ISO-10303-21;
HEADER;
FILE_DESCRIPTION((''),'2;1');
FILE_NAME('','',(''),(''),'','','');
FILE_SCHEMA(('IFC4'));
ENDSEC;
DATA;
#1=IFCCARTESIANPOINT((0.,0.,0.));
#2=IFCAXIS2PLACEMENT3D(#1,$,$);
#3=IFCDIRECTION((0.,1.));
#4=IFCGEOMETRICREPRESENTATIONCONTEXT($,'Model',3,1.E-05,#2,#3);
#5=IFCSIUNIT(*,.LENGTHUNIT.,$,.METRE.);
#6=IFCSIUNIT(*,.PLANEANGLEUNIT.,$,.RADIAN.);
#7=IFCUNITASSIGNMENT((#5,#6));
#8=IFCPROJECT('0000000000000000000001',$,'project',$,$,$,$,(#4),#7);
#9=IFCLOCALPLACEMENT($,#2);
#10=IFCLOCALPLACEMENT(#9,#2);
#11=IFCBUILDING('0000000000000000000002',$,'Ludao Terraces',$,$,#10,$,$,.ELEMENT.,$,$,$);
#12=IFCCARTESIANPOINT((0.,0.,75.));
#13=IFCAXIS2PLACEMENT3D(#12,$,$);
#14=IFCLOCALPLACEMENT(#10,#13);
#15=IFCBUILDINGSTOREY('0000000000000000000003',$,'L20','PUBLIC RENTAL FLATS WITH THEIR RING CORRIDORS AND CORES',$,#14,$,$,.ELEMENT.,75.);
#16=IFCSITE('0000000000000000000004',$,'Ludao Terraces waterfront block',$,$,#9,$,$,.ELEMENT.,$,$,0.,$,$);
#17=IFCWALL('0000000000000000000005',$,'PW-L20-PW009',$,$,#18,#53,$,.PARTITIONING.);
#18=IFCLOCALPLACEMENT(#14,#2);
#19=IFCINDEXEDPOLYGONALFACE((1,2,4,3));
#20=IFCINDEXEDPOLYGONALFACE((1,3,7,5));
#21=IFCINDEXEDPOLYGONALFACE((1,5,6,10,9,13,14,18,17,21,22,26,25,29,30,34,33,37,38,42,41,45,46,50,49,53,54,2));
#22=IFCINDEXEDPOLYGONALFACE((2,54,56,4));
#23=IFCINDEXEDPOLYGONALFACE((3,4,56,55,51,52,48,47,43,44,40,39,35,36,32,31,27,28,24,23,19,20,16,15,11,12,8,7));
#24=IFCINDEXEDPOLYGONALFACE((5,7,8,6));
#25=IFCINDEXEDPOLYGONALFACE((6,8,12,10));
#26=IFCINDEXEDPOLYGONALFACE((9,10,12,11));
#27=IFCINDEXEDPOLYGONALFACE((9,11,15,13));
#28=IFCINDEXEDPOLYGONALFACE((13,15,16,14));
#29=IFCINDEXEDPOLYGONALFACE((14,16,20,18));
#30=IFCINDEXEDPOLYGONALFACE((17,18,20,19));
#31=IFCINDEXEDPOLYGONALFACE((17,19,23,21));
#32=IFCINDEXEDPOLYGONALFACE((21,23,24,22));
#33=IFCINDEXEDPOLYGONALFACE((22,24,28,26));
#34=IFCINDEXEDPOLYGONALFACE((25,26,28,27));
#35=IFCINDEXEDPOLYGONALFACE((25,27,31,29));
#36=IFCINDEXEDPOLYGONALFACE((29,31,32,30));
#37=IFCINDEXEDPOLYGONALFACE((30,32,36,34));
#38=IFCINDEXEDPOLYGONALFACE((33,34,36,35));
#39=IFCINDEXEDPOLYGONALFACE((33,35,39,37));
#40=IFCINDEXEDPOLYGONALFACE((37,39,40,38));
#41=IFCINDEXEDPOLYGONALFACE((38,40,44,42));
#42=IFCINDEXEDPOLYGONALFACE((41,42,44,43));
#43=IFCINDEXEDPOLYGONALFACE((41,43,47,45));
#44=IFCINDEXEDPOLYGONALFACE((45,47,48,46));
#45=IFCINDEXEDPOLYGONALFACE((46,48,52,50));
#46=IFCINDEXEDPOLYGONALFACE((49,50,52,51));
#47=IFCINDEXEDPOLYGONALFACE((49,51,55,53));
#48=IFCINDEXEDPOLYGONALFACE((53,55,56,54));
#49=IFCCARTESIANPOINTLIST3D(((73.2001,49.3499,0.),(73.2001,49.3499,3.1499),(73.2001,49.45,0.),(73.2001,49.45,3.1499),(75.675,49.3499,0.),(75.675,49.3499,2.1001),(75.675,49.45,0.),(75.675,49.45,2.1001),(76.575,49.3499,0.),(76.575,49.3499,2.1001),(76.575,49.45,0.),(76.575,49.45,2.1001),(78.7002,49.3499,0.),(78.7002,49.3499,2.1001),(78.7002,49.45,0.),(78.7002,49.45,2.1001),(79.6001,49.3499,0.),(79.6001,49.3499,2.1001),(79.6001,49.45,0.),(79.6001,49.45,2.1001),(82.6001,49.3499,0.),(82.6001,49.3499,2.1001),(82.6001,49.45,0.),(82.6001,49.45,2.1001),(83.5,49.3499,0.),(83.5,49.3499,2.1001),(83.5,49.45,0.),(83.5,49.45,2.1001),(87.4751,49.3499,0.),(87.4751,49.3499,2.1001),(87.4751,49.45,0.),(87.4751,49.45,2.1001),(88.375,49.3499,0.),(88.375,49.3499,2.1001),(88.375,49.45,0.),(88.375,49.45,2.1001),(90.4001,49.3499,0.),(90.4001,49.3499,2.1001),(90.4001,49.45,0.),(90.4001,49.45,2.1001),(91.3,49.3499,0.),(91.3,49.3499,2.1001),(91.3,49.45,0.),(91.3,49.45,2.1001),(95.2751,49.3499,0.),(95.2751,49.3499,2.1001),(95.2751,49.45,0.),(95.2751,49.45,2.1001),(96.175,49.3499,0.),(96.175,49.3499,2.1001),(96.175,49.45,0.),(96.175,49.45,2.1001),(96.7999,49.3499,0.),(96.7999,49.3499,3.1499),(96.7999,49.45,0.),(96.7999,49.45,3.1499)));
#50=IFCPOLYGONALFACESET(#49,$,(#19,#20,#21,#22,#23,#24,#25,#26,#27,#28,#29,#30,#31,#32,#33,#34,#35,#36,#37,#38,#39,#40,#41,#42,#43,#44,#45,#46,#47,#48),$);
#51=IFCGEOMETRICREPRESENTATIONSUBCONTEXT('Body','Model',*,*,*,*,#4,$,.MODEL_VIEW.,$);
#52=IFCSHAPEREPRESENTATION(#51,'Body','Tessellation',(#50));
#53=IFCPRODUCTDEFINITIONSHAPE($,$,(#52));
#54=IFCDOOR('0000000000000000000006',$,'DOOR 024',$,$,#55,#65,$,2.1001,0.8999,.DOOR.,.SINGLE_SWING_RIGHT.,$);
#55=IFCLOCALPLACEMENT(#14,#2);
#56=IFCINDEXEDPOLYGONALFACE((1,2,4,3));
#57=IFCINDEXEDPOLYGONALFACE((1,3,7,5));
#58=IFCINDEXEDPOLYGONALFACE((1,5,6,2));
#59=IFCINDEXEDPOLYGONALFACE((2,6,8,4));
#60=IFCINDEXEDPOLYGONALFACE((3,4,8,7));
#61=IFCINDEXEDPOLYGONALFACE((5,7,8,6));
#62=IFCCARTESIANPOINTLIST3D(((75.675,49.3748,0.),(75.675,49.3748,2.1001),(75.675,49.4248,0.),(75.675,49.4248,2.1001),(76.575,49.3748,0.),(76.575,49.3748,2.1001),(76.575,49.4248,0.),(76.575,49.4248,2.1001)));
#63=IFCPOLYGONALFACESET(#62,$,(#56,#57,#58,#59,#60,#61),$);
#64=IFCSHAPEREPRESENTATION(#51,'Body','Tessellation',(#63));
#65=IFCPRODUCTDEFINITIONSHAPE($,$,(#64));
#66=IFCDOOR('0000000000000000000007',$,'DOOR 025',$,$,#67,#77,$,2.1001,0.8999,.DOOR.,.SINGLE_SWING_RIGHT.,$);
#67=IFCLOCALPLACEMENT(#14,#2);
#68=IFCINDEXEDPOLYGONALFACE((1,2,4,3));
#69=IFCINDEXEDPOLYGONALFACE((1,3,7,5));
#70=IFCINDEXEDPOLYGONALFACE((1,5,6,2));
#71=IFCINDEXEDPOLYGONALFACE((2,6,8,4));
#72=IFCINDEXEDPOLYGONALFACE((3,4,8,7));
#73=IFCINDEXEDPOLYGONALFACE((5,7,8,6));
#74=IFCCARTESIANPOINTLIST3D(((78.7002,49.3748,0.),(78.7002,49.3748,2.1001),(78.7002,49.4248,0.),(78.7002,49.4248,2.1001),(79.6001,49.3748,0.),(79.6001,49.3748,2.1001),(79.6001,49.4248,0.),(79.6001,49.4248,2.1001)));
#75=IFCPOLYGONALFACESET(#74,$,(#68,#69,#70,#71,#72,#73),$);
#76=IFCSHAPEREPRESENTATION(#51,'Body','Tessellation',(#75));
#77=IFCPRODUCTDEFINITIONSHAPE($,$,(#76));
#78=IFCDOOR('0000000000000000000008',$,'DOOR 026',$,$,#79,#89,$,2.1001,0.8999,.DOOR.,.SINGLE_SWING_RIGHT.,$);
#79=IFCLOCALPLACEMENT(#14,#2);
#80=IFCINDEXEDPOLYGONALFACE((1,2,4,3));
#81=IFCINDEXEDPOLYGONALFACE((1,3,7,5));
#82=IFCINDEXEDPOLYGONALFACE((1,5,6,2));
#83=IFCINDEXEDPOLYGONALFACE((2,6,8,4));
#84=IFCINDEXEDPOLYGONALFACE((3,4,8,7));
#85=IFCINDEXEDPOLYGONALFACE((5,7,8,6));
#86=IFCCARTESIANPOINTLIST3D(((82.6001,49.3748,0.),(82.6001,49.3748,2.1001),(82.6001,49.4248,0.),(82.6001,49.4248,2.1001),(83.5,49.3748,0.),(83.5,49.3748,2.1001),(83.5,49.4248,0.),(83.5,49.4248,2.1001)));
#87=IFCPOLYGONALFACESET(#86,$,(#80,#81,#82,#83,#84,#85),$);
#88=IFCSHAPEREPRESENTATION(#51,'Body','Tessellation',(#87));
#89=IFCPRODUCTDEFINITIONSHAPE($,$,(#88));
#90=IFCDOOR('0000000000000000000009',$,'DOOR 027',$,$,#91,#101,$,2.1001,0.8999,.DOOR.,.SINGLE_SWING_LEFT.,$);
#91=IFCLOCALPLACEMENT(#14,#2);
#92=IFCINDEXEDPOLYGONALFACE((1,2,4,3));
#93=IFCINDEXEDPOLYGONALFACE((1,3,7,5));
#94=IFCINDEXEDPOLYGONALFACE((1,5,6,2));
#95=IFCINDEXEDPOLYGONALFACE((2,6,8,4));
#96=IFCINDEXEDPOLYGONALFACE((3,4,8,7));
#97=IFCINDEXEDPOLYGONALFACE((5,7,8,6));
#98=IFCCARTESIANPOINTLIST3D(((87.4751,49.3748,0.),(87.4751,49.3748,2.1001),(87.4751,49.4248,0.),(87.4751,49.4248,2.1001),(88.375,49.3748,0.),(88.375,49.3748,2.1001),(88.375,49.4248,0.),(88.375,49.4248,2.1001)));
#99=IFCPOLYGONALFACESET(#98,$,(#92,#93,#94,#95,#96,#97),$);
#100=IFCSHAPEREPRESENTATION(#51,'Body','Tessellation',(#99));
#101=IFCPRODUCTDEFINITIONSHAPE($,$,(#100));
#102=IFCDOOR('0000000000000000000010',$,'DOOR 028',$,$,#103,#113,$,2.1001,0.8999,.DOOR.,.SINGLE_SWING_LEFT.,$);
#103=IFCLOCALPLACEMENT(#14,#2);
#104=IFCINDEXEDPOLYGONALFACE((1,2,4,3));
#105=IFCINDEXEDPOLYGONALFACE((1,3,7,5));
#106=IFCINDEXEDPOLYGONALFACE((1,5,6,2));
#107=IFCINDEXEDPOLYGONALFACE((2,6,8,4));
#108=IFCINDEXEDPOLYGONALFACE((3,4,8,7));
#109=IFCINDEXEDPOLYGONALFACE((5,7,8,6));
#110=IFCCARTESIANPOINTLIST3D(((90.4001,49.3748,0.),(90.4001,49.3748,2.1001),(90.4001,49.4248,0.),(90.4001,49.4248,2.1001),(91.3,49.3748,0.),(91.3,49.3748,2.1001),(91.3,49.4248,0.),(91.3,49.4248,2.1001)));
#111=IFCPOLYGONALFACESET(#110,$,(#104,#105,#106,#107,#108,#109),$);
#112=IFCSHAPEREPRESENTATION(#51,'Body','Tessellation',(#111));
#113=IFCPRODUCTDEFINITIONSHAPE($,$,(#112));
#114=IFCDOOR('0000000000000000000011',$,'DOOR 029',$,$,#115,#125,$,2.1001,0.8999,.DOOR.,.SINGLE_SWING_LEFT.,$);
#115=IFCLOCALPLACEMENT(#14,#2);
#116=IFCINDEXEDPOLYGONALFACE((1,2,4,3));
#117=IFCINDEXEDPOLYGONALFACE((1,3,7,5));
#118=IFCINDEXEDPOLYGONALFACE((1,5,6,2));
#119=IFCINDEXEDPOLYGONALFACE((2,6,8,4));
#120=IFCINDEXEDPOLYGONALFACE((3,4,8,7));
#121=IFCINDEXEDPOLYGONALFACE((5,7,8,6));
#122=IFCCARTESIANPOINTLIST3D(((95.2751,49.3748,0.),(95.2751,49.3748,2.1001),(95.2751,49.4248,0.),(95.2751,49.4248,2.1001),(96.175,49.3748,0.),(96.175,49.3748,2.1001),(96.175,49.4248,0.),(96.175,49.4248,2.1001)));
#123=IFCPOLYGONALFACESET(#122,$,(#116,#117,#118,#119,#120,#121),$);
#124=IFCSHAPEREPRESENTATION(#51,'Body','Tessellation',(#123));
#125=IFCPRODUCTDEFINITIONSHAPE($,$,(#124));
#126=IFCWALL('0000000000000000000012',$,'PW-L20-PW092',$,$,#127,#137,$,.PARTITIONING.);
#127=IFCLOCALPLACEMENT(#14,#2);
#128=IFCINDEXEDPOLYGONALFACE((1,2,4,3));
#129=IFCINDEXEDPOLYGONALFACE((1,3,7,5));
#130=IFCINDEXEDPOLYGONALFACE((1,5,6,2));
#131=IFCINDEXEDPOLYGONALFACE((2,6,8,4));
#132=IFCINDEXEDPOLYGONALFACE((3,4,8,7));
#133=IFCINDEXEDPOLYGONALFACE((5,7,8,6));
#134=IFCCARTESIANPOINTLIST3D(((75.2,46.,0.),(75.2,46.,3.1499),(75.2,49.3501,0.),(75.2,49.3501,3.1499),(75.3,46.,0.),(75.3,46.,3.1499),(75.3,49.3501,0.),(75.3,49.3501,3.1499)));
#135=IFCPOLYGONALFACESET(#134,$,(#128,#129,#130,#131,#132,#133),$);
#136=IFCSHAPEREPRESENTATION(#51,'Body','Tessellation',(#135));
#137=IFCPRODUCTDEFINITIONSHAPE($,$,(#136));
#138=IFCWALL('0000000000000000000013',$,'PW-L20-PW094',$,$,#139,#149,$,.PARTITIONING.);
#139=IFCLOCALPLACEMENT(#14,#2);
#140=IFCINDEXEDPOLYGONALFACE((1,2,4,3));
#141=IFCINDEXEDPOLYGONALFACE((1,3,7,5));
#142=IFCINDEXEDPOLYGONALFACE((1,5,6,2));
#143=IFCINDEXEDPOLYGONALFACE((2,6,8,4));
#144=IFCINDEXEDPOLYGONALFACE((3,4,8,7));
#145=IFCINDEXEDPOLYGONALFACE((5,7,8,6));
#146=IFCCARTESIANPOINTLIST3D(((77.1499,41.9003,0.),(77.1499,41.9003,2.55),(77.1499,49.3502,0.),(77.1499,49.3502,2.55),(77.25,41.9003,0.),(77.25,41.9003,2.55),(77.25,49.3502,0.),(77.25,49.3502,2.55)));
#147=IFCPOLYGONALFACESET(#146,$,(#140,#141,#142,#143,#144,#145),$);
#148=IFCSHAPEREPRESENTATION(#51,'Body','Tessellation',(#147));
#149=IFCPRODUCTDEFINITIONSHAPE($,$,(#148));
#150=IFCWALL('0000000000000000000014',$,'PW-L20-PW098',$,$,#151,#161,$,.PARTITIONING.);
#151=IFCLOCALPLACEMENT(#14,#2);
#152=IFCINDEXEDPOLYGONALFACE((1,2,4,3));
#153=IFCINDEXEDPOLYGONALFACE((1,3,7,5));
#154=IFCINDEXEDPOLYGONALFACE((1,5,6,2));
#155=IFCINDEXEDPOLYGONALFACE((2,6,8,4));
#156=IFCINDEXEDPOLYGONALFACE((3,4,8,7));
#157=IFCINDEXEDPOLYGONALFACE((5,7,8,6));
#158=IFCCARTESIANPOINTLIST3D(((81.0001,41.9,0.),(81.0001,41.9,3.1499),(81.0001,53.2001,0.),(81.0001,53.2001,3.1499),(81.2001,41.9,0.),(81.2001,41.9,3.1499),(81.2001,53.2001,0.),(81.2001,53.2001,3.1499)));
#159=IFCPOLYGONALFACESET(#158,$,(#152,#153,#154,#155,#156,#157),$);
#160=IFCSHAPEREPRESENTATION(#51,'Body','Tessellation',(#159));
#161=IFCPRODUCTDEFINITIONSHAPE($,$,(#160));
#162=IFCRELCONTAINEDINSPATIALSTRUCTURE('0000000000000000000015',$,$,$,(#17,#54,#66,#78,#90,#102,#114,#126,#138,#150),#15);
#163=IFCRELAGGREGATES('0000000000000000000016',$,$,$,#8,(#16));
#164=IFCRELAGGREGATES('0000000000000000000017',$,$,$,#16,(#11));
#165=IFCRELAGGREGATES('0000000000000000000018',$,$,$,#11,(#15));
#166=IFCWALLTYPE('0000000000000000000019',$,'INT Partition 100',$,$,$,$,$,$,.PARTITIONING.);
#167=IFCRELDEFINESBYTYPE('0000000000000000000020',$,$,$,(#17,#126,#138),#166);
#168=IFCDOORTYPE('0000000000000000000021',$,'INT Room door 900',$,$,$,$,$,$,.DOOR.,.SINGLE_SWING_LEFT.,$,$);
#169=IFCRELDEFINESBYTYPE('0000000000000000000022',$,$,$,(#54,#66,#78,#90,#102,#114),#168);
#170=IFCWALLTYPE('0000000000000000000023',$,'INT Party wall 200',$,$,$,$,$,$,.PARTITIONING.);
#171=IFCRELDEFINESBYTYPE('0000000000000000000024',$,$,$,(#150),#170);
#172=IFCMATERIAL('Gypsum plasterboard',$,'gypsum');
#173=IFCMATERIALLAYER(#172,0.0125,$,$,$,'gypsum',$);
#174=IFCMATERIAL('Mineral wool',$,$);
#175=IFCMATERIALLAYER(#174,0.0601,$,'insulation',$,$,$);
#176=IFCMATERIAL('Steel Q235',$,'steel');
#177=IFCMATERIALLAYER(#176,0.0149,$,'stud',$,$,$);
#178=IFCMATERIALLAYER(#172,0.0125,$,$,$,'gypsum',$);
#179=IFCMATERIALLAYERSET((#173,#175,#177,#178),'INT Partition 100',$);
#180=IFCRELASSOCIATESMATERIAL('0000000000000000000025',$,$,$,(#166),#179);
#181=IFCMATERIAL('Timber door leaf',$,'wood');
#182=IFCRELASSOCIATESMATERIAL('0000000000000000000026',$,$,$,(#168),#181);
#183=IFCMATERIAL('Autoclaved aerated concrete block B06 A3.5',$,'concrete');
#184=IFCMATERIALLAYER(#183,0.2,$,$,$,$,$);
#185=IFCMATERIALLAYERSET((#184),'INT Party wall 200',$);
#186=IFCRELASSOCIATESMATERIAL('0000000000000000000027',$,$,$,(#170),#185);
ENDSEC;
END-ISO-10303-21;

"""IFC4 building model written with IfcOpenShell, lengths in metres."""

from ifc_helpers import new_model, si_unit, direction, frame, frame_2d, origin, place, context, subcontext, project, spatial, rectangle, extrude, material, layer, layer_set, type_object, element, fill, save


model = new_model("IFC4")

# Units and contexts
model_context = context("Model", 3, precision=1e-05, world=origin(), true_north=direction((0.0, 1.0)))
body_context = subcontext(model_context, "Body", "Model", "MODEL_VIEW")
ifc_project = project(units=[si_unit("LENGTHUNIT", "METRE"), si_unit("PLANEANGLEUNIT", "RADIAN")], contexts=[model_context])

# Site, building, storey
site_placement = place(None, origin())
site = spatial("IfcSite", under=ifc_project, at=site_placement, Name="Ludao Terraces waterfront block", CompositionType="ELEMENT", RefElevation=0.0)
building_placement = place(site_placement, origin())
building = spatial("IfcBuilding", under=site, at=building_placement, Name="Ludao Terraces", CompositionType="ELEMENT")
storey_placement = place(building_placement, frame((0.0, 0.0, 75.0)))
storey = spatial("IfcBuildingStorey", under=building, at=storey_placement, Name="L20", Description="PUBLIC RENTAL FLATS WITH THEIR RING CORRIDORS AND CORES", CompositionType="ELEMENT", Elevation=75.0)

# Wall, openings, doors
ifc_material_1 = material(Name="Gypsum plasterboard", Category="gypsum")
ifc_layer_1 = layer(ifc_material_1, 0.0125, Category="gypsum")
ifc_material_2 = material(Name="Mineral wool")
ifc_layer_2 = layer(ifc_material_2, 0.0601, Name="insulation")
ifc_material_3 = material(Name="Steel Q235", Category="steel")
ifc_layer_3 = layer(ifc_material_3, 0.0149, Name="stud")
ifc_layer_4 = layer(ifc_material_1, 0.0125, Category="gypsum")
ifc_layer_set_1 = layer_set([ifc_layer_1, ifc_layer_2, ifc_layer_3, ifc_layer_4], Name="INT Partition 100")
wall_type_1 = type_object("IfcWallType", Name="INT Partition 100", PredefinedType="PARTITIONING", material=ifc_layer_set_1)
ifc_material_4 = material(Name="Timber door leaf", Category="wood")
door_type_1 = type_object("IfcDoorType", Name="INT Room door 900", OperationType="SINGLE_SWING_LEFT", PredefinedType="DOOR", material=ifc_material_4)
wall_1_placement = place(storey_placement, frame((73.2002, 49.3999, 0.0), z_axis=(0.0, 0.0, 1.0), x_axis=(1.0, 0.0, 0.0)))
wall_1 = element("IfcWall", 1, at=wall_1_placement, inside=storey, type_object=wall_type_1, Name="PW-L20-PW009", PredefinedType="PARTITIONING", context=body_context, shape_type="SweptSolid", body=[
    extrude(rectangle(XDim=23.5999, YDim=0.1001, at=frame_2d((11.7998, 0.0))), origin(), (0.0, 0.0, 1.0), 3.1499),
])
opening_1_placement = place(wall_1_placement, frame((2.4749, 0.0, 0.0)))
opening_1 = element("IfcOpeningElement", 2, at=opening_1_placement, cuts=wall_1, PredefinedType="OPENING", context=body_context, shape_type="SweptSolid", body=[
    extrude(rectangle(XDim=0.8999, YDim=2.1001, at=frame_2d((0.45, 1.05))), frame((0.0, 0.0601, 0.0), z_axis=(0.0, -1.0, 0.0), x_axis=(1.0, 0.0, 0.0)), (0.0, 0.0, 1.0), 0.1201),
])
opening_2_placement = place(wall_1_placement, frame((5.5, 0.0, 0.0)))
opening_2 = element("IfcOpeningElement", 3, at=opening_2_placement, cuts=wall_1, PredefinedType="OPENING", context=body_context, shape_type="SweptSolid", body=[
    extrude(rectangle(XDim=0.8999, YDim=2.1001, at=frame_2d((0.45, 1.05))), frame((0.0, 0.0601, 0.0), z_axis=(0.0, -1.0, 0.0), x_axis=(1.0, 0.0, 0.0)), (0.0, 0.0, 1.0), 0.1201),
])
opening_3_placement = place(wall_1_placement, frame((9.3999, 0.0, 0.0)))
opening_3 = element("IfcOpeningElement", 4, at=opening_3_placement, cuts=wall_1, PredefinedType="OPENING", context=body_context, shape_type="SweptSolid", body=[
    extrude(rectangle(XDim=0.8999, YDim=2.1001, at=frame_2d((0.45, 1.05))), frame((0.0, 0.0601, 0.0), z_axis=(0.0, -1.0, 0.0), x_axis=(1.0, 0.0, 0.0)), (0.0, 0.0, 1.0), 0.1201),
])
opening_4_placement = place(wall_1_placement, frame((14.2749, 0.0, 0.0)))
opening_4 = element("IfcOpeningElement", 5, at=opening_4_placement, cuts=wall_1, PredefinedType="OPENING", context=body_context, shape_type="SweptSolid", body=[
    extrude(rectangle(XDim=0.8999, YDim=2.1001, at=frame_2d((0.45, 1.05))), frame((0.0, 0.0601, 0.0), z_axis=(0.0, -1.0, 0.0), x_axis=(1.0, 0.0, 0.0)), (0.0, 0.0, 1.0), 0.1201),
])
opening_5_placement = place(wall_1_placement, frame((17.2, 0.0, 0.0)))
opening_5 = element("IfcOpeningElement", 6, at=opening_5_placement, cuts=wall_1, PredefinedType="OPENING", context=body_context, shape_type="SweptSolid", body=[
    extrude(rectangle(XDim=0.8999, YDim=2.1001, at=frame_2d((0.45, 1.05))), frame((0.0, 0.0601, 0.0), z_axis=(0.0, -1.0, 0.0), x_axis=(1.0, 0.0, 0.0)), (0.0, 0.0, 1.0), 0.1201),
])
opening_6_placement = place(wall_1_placement, frame((22.075, 0.0, 0.0)))
opening_6 = element("IfcOpeningElement", 7, at=opening_6_placement, cuts=wall_1, PredefinedType="OPENING", context=body_context, shape_type="SweptSolid", body=[
    extrude(rectangle(XDim=0.8999, YDim=2.1001, at=frame_2d((0.45, 1.05))), frame((0.0, 0.0601, 0.0), z_axis=(0.0, -1.0, 0.0), x_axis=(1.0, 0.0, 0.0)), (0.0, 0.0, 1.0), 0.1201),
])
door_1_placement = place(opening_1_placement, origin())
door_1 = element("IfcDoor", 8, at=door_1_placement, inside=storey, type_object=door_type_1, Name="DOOR 024", OperationType="SINGLE_SWING_RIGHT", OverallHeight=2.1001, OverallWidth=0.8999, PredefinedType="DOOR", context=body_context, shape_type="SweptSolid", body=[
    extrude(rectangle(XDim=0.8999, YDim=2.1001, at=frame_2d((0.45, 1.05))), frame((0.0, 0.0249, 0.0), z_axis=(0.0, -1.0, 0.0), x_axis=(1.0, 0.0, 0.0)), (0.0, 0.0, 1.0), 0.05),
])
fill(opening_1, door_1)
door_2_placement = place(opening_2_placement, origin())
door_2 = element("IfcDoor", 9, at=door_2_placement, inside=storey, type_object=door_type_1, Name="DOOR 025", OperationType="SINGLE_SWING_RIGHT", OverallHeight=2.1001, OverallWidth=0.8999, PredefinedType="DOOR", context=body_context, shape_type="SweptSolid", body=[
    extrude(rectangle(XDim=0.8999, YDim=2.1001, at=frame_2d((0.45, 1.05))), frame((0.0, 0.0249, 0.0), z_axis=(0.0, -1.0, 0.0), x_axis=(1.0, 0.0, 0.0)), (0.0, 0.0, 1.0), 0.05),
])
fill(opening_2, door_2)
door_3_placement = place(opening_3_placement, origin())
door_3 = element("IfcDoor", 10, at=door_3_placement, inside=storey, type_object=door_type_1, Name="DOOR 026", OperationType="SINGLE_SWING_RIGHT", OverallHeight=2.1001, OverallWidth=0.8999, PredefinedType="DOOR", context=body_context, shape_type="SweptSolid", body=[
    extrude(rectangle(XDim=0.8999, YDim=2.1001, at=frame_2d((0.45, 1.05))), frame((0.0, 0.0249, 0.0), z_axis=(0.0, -1.0, 0.0), x_axis=(1.0, 0.0, 0.0)), (0.0, 0.0, 1.0), 0.05),
])
fill(opening_3, door_3)
door_4_placement = place(opening_4_placement, origin())
door_4 = element("IfcDoor", 11, at=door_4_placement, inside=storey, type_object=door_type_1, Name="DOOR 027", OperationType="SINGLE_SWING_LEFT", OverallHeight=2.1001, OverallWidth=0.8999, PredefinedType="DOOR", context=body_context, shape_type="SweptSolid", body=[
    extrude(rectangle(XDim=0.8999, YDim=2.1001, at=frame_2d((0.45, 1.05))), frame((0.0, 0.0249, 0.0), z_axis=(0.0, -1.0, 0.0), x_axis=(1.0, 0.0, 0.0)), (0.0, 0.0, 1.0), 0.05),
])
fill(opening_4, door_4)
door_5_placement = place(opening_5_placement, origin())
door_5 = element("IfcDoor", 12, at=door_5_placement, inside=storey, type_object=door_type_1, Name="DOOR 028", OperationType="SINGLE_SWING_LEFT", OverallHeight=2.1001, OverallWidth=0.8999, PredefinedType="DOOR", context=body_context, shape_type="SweptSolid", body=[
    extrude(rectangle(XDim=0.8999, YDim=2.1001, at=frame_2d((0.45, 1.05))), frame((0.0, 0.0249, 0.0), z_axis=(0.0, -1.0, 0.0), x_axis=(1.0, 0.0, 0.0)), (0.0, 0.0, 1.0), 0.05),
])
fill(opening_5, door_5)
door_6_placement = place(opening_6_placement, origin())
door_6 = element("IfcDoor", 13, at=door_6_placement, inside=storey, type_object=door_type_1, Name="DOOR 029", OperationType="SINGLE_SWING_LEFT", OverallHeight=2.1001, OverallWidth=0.8999, PredefinedType="DOOR", context=body_context, shape_type="SweptSolid", body=[
    extrude(rectangle(XDim=0.8999, YDim=2.1001, at=frame_2d((0.45, 1.05))), frame((0.0, 0.0249, 0.0), z_axis=(0.0, -1.0, 0.0), x_axis=(1.0, 0.0, 0.0)), (0.0, 0.0, 1.0), 0.05),
])
fill(opening_6, door_6)

# Walls
wall_2_placement = place(storey_placement, frame((75.25, 46.0, 0.0), z_axis=(0.0, 0.0, 1.0), x_axis=(0.0, 1.0, 0.0)))
element("IfcWall", 14, at=wall_2_placement, inside=storey, type_object=wall_type_1, Name="PW-L20-PW092", PredefinedType="PARTITIONING", context=body_context, shape_type="SweptSolid", body=[
    extrude(rectangle(XDim=3.3501, YDim=0.1001, at=frame_2d((1.675, 0.0))), origin(), (0.0, 0.0, 1.0), 3.1499),
])
wall_3_placement = place(storey_placement, frame((77.2, 41.9001, 0.0), z_axis=(0.0, 0.0, 1.0), x_axis=(0.0, 1.0, 0.0)))
element("IfcWall", 15, at=wall_3_placement, inside=storey, type_object=wall_type_1, Name="PW-L20-PW094", PredefinedType="PARTITIONING", context=body_context, shape_type="SweptSolid", body=[
    extrude(rectangle(XDim=7.45, YDim=0.1001, at=frame_2d((3.7251, 0.0))), origin(), (0.0, 0.0, 1.0), 2.55),
])
ifc_material_5 = material(Name="Autoclaved aerated concrete block B06 A3.5", Category="concrete")
ifc_layer_5 = layer(ifc_material_5, 0.2)
ifc_layer_set_2 = layer_set([ifc_layer_5], Name="INT Party wall 200")
wall_type_2 = type_object("IfcWallType", Name="INT Party wall 200", PredefinedType="PARTITIONING", material=ifc_layer_set_2)
wall_4_placement = place(storey_placement, frame((81.1001, 41.9001, 0.0), z_axis=(0.0, 0.0, 1.0), x_axis=(0.0, 1.0, 0.0)))
element("IfcWall", 16, at=wall_4_placement, inside=storey, type_object=wall_type_2, Name="PW-L20-PW098", PredefinedType="PARTITIONING", context=body_context, shape_type="SweptSolid", body=[
    extrude(rectangle(XDim=11.3, YDim=0.2, at=frame_2d((5.6499, 0.0))), origin(), (0.0, 0.0, 1.0), 3.1499),
])

save(model, "model.ifc")
